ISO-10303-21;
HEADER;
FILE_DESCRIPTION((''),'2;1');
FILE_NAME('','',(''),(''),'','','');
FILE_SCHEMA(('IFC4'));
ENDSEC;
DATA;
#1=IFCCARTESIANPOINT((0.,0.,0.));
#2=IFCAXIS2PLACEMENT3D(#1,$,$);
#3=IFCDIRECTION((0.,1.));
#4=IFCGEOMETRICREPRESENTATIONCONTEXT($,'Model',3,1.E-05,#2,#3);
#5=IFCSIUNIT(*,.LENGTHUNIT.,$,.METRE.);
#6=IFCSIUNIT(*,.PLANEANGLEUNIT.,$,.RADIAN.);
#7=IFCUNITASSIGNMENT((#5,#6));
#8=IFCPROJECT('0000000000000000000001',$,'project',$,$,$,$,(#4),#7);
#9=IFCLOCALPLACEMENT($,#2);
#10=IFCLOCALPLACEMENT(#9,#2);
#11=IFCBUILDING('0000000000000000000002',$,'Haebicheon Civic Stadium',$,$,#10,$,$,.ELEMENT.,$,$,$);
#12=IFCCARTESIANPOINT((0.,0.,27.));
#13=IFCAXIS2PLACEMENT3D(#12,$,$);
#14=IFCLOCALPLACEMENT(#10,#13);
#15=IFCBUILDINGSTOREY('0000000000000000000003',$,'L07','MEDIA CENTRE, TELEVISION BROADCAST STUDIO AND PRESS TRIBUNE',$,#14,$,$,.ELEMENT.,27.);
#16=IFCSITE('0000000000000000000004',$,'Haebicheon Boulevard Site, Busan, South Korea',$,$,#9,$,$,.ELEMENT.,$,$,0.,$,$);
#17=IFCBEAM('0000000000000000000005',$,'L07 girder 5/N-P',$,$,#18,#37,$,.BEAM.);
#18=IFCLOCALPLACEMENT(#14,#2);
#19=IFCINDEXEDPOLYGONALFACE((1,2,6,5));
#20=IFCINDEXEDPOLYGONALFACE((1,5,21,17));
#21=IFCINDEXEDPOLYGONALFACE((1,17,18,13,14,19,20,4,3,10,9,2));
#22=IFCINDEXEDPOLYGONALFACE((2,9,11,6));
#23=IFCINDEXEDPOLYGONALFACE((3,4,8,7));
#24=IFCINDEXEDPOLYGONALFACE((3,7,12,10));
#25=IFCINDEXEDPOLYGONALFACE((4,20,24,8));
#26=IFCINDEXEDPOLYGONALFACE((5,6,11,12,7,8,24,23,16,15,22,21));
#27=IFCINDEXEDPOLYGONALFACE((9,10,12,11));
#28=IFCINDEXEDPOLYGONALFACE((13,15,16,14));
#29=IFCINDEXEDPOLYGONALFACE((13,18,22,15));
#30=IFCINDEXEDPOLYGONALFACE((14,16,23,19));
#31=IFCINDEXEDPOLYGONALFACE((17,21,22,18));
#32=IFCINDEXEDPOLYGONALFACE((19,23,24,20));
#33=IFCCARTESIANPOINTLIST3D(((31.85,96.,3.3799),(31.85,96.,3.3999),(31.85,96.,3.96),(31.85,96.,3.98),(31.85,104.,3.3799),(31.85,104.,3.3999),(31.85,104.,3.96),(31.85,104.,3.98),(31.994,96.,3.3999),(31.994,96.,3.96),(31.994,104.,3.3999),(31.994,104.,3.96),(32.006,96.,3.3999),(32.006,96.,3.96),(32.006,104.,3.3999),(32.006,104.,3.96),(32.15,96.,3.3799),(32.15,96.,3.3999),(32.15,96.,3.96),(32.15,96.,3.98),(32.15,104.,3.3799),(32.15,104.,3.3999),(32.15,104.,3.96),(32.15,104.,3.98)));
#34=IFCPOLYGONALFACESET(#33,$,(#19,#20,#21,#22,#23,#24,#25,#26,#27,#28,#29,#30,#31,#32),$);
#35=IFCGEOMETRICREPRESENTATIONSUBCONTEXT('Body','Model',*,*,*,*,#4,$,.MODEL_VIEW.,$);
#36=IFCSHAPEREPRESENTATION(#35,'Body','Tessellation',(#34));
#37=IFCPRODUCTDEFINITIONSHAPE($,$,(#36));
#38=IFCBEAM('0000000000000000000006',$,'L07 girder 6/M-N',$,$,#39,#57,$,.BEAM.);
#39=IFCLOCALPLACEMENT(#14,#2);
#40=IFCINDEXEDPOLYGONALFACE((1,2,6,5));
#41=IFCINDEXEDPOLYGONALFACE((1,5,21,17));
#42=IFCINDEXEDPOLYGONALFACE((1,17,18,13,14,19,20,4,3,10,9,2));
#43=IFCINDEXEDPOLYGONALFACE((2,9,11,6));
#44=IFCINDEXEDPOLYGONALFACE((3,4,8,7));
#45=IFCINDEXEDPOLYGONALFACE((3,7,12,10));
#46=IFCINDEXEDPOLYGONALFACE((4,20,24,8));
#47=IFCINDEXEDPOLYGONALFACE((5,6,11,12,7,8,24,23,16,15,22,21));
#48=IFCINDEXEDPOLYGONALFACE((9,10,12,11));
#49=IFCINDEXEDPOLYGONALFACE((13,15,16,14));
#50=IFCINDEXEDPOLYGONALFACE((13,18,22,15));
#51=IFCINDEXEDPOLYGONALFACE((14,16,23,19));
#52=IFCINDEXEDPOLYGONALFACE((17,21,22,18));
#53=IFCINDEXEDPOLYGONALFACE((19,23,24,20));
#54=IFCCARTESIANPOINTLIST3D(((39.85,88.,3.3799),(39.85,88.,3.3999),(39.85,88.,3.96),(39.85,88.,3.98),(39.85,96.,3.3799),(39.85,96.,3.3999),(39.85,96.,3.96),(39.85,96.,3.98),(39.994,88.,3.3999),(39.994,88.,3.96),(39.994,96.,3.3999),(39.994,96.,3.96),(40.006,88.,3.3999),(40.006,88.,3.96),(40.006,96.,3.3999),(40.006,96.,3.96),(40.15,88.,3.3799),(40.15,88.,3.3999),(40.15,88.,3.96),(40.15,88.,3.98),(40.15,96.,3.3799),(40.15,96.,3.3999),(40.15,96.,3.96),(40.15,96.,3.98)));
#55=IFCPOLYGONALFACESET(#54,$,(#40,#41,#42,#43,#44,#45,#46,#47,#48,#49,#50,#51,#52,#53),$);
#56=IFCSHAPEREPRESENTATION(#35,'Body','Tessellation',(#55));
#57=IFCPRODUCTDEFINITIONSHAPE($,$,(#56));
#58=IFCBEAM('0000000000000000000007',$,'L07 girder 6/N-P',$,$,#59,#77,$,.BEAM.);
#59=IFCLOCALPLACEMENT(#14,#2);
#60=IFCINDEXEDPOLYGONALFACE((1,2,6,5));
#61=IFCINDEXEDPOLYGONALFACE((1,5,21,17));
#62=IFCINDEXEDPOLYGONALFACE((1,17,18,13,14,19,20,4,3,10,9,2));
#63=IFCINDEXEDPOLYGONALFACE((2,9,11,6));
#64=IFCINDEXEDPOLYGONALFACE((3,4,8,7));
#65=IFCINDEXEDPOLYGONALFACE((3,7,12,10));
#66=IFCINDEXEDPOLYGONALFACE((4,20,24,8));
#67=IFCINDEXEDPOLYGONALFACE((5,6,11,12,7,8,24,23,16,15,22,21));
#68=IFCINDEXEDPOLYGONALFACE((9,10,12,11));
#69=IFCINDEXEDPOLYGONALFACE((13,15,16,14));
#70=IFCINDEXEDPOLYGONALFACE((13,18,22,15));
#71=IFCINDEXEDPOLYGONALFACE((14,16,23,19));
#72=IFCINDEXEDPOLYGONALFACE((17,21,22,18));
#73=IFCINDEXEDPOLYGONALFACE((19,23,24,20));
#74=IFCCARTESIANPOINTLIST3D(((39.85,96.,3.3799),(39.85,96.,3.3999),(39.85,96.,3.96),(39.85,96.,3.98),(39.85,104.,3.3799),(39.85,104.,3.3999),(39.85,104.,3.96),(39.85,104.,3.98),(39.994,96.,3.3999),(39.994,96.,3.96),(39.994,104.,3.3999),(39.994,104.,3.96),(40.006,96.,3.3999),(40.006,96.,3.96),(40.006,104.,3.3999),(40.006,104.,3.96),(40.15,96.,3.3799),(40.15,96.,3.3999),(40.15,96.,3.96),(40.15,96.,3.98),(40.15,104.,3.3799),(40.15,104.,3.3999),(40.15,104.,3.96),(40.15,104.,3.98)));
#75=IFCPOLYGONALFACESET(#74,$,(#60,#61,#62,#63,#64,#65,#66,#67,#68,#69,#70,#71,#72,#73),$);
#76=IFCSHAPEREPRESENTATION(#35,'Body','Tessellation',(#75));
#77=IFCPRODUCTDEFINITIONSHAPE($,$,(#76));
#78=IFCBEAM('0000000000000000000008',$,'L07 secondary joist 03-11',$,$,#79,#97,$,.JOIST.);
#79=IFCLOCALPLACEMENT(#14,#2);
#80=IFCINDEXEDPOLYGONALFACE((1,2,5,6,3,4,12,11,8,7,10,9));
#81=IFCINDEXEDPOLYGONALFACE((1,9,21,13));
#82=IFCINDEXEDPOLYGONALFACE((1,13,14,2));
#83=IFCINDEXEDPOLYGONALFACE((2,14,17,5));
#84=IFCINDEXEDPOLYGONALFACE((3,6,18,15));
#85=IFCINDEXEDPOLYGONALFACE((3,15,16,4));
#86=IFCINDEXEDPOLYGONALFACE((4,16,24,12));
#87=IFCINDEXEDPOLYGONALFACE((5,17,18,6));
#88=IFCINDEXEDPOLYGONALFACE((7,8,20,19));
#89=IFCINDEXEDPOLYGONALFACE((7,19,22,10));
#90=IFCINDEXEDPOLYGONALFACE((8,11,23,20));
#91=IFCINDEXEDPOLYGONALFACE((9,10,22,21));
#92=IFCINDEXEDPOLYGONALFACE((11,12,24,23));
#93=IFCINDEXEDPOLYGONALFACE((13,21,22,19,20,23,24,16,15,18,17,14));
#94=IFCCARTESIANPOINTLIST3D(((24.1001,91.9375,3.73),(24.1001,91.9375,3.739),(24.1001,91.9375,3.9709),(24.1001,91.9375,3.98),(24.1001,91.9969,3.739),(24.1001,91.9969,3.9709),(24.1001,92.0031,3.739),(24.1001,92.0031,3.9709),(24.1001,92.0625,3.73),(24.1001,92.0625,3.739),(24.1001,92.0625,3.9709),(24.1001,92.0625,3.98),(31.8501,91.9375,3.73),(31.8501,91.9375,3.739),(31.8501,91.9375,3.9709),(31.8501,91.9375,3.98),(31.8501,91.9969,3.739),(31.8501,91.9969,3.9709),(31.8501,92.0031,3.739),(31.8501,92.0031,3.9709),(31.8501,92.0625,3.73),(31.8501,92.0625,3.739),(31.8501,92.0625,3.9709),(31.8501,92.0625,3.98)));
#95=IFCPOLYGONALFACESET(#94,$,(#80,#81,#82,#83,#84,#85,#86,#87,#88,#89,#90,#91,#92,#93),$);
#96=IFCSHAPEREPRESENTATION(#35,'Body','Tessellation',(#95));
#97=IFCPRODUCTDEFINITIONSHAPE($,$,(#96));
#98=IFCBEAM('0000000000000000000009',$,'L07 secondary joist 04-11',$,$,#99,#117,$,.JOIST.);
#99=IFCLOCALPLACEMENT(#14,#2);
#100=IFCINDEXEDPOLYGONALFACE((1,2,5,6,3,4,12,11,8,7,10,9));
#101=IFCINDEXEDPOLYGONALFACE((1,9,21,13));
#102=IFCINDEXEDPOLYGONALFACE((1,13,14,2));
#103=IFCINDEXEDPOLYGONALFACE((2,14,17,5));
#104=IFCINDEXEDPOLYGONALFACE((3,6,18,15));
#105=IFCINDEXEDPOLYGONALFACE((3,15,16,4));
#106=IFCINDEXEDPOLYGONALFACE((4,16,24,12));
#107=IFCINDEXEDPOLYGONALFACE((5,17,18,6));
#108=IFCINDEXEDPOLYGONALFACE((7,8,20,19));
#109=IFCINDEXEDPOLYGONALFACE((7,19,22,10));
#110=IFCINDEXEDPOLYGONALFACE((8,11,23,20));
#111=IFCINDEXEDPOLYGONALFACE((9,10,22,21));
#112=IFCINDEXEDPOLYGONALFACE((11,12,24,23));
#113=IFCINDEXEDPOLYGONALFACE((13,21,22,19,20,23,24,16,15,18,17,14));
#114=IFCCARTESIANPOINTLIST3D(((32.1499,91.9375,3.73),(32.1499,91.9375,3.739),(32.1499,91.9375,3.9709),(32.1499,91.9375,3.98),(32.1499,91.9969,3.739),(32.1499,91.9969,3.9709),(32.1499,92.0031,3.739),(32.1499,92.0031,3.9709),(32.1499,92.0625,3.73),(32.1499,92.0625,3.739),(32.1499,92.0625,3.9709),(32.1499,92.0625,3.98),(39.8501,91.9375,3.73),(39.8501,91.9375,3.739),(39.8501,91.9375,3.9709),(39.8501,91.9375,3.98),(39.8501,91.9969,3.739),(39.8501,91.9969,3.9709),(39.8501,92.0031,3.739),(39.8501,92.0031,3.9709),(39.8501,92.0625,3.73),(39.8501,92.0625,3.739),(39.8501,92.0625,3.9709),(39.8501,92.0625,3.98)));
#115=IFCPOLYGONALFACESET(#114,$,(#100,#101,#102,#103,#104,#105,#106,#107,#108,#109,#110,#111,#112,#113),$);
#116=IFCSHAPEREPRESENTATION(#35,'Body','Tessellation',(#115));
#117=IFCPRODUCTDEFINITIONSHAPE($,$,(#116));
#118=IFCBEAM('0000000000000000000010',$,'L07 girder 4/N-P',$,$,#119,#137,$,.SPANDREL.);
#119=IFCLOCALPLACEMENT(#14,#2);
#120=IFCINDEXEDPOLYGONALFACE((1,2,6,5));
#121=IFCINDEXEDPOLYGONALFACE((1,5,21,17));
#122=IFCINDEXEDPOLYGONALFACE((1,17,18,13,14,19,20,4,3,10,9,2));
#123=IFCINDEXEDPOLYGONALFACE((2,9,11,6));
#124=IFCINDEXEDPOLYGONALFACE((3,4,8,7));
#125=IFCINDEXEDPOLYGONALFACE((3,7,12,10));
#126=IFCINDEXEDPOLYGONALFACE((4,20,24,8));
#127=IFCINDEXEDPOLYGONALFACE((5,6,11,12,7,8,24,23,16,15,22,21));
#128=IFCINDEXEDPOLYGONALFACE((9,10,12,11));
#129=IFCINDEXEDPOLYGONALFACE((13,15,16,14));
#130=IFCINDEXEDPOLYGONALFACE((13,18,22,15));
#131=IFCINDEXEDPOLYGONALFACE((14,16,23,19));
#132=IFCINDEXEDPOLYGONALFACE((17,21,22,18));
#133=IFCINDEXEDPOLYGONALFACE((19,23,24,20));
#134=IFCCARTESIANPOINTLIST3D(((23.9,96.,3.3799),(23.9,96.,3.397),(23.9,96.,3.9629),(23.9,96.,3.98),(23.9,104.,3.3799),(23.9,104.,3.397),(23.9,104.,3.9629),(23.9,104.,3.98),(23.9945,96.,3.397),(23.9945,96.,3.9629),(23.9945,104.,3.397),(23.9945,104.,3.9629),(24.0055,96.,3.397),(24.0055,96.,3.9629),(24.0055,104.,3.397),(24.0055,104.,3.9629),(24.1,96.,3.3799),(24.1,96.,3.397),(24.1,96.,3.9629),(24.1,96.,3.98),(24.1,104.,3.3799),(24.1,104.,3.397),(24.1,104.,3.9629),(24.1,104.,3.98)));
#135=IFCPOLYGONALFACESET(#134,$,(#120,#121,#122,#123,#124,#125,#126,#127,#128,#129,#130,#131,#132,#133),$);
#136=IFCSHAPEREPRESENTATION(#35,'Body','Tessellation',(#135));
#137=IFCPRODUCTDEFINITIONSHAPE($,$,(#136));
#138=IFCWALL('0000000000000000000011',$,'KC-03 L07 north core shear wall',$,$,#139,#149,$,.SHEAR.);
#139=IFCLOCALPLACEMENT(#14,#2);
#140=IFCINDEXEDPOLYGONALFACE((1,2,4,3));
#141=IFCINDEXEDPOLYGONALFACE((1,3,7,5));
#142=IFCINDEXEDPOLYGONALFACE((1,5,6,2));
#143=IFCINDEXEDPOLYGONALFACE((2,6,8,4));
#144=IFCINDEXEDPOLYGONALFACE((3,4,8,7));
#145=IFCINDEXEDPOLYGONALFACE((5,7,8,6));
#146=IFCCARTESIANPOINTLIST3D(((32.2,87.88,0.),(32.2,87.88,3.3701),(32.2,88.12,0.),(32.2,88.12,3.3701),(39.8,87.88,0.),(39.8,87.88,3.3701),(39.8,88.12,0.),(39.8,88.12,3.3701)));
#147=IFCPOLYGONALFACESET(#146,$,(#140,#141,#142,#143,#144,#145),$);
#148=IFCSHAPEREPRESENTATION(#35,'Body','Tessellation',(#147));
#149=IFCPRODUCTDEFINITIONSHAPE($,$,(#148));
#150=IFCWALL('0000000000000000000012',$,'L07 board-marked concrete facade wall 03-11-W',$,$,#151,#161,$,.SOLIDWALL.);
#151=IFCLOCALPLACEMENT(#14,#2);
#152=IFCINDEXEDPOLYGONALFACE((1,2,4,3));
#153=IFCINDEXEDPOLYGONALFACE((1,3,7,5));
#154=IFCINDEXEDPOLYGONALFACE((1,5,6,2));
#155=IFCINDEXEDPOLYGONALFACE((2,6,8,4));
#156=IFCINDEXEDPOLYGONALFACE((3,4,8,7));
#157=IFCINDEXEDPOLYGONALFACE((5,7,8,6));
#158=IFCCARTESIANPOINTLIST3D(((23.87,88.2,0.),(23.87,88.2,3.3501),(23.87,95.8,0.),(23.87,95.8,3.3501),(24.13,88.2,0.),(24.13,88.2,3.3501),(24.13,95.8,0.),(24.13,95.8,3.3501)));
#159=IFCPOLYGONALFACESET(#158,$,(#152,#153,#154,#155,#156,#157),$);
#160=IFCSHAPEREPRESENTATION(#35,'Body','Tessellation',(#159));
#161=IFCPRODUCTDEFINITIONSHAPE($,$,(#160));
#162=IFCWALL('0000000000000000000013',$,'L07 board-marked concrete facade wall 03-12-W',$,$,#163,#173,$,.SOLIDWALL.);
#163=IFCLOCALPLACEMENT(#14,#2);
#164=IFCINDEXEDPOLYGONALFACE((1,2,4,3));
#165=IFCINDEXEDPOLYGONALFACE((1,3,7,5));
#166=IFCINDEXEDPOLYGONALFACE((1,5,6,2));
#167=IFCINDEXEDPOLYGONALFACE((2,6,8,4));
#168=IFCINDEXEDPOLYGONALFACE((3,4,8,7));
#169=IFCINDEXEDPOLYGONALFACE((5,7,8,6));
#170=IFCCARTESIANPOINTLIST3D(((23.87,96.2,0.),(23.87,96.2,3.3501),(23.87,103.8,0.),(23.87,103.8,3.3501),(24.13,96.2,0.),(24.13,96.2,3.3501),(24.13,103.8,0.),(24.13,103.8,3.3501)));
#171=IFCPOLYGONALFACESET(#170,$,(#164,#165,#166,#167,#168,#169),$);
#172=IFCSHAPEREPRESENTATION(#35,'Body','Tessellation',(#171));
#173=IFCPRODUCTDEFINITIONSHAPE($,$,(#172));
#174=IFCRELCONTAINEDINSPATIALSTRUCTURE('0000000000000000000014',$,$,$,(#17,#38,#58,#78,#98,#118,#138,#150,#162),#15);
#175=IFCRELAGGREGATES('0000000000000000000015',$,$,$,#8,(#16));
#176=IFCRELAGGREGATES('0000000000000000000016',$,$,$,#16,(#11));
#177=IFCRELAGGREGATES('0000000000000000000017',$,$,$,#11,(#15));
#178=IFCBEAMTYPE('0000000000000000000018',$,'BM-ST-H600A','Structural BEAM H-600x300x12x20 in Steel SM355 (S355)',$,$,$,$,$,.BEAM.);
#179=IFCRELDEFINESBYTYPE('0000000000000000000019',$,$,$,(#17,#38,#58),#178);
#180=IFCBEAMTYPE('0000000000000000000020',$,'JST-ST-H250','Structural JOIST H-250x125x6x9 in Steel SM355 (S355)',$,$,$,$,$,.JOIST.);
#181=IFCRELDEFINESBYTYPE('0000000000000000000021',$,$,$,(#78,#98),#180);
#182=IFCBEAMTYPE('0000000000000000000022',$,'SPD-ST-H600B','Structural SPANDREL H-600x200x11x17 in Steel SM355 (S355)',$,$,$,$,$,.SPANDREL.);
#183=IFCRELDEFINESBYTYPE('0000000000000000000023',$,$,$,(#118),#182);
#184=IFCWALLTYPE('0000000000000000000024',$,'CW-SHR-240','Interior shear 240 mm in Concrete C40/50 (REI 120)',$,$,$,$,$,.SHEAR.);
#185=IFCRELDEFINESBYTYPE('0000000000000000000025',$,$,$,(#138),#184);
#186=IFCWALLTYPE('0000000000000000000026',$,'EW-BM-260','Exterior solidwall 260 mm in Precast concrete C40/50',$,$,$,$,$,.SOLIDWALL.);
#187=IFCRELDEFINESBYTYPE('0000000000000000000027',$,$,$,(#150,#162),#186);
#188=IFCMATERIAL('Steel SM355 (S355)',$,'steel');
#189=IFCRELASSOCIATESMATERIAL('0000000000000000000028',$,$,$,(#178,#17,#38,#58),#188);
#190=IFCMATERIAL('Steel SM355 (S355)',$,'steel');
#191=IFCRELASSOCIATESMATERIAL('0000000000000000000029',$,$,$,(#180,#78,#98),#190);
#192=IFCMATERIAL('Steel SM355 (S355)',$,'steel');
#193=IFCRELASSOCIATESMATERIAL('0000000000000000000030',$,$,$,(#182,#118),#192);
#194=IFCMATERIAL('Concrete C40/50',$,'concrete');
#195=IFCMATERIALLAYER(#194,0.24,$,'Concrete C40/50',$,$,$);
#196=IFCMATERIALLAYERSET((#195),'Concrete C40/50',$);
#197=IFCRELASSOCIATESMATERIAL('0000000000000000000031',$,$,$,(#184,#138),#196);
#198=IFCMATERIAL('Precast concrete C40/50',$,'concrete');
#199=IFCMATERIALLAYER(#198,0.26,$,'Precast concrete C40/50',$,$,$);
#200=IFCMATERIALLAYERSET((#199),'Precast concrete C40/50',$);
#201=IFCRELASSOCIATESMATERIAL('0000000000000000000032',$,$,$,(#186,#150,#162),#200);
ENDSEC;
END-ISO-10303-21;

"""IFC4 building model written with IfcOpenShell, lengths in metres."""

from ifc_helpers import new_model, si_unit, direction, frame, frame_2d, origin, origin_2d, place, context, subcontext, project, spatial, rectangle, i_section, extrude, material, layer, layer_set, material_profile, profile_set, type_object, element, save


model = new_model("IFC4")

# Units and contexts
model_context = context("Model", 3, precision=1e-05, world=origin(), true_north=direction((0.0, 1.0)))
body_context = subcontext(model_context, "Body", "Model", "MODEL_VIEW")
ifc_project = project(units=[si_unit("LENGTHUNIT", "METRE"), si_unit("PLANEANGLEUNIT", "RADIAN")], contexts=[model_context])

# Site, building, storey
site_placement = place(None, origin())
site = spatial("IfcSite", under=ifc_project, at=site_placement, Name="Haebicheon Boulevard Site, Busan, South Korea", CompositionType="ELEMENT", RefElevation=0.0)
building_placement = place(site_placement, origin())
building = spatial("IfcBuilding", under=site, at=building_placement, Name="Haebicheon Civic Stadium", CompositionType="ELEMENT")
storey_placement = place(building_placement, frame((0.0, 0.0, 27.0)))
storey = spatial("IfcBuildingStorey", under=building, at=storey_placement, Name="L07", Description="MEDIA CENTRE, TELEVISION BROADCAST STUDIO AND PRESS TRIBUNE", CompositionType="ELEMENT", Elevation=27.0)

# Beams
ifc_material_1 = material(Name="Steel SM355 (S355)", Category="steel")
ifc_material_profile_1 = material_profile(ifc_material_1, i_section(OverallWidth=0.3, OverallDepth=0.6001, WebThickness=0.012, FlangeThickness=0.02, at=origin_2d()), Name="H-600x300x12x20")
ifc_profile_set_1 = profile_set([ifc_material_profile_1], Name="Steel SM355 (S355)")
beam_type_1 = type_object("IfcBeamType", Name="BM-ST-H600A", Description="Structural BEAM H-600x300x12x20 in Steel SM355 (S355)", PredefinedType="BEAM", material=ifc_profile_set_1)
for number, where, z_axis, x_axis, name in (
    (1, (32.0, 96.0, 3.6799), (0.0, 1.0, 0.0), (-1.0, 0.0, 0.0), "L07 girder 5/N-P"),
    (2, (40.0, 88.0, 3.6799), (0.0, 1.0, 0.0), (-1.0, 0.0, 0.0), "L07 girder 6/M-N"),
    (3, (40.0, 96.0, 3.6799), (0.0, 1.0, 0.0), (-1.0, 0.0, 0.0), "L07 girder 6/N-P"),
):
    element("IfcBeam", number, at=place(storey_placement, frame(where, z_axis=z_axis, x_axis=x_axis)), inside=storey, type_object=beam_type_1, material=ifc_profile_set_1, Name=name, PredefinedType="BEAM", context=body_context, shape_type="SweptSolid", body=[
        extrude(i_section(OverallWidth=0.3, OverallDepth=0.6001, WebThickness=0.012, FlangeThickness=0.02, at=origin_2d()), origin(), (0.0, 0.0, 1.0), 8.0),
    ])
ifc_material_2 = material(Name="Steel SM355 (S355)", Category="steel")
ifc_material_profile_2 = material_profile(ifc_material_2, i_section(OverallWidth=0.125, OverallDepth=0.25, WebThickness=0.0061, FlangeThickness=0.009, at=origin_2d()), Name="H-250x125x6x9")
ifc_profile_set_2 = profile_set([ifc_material_profile_2], Name="Steel SM355 (S355)")
beam_type_2 = type_object("IfcBeamType", Name="JST-ST-H250", Description="Structural JOIST H-250x125x6x9 in Steel SM355 (S355)", PredefinedType="JOIST", material=ifc_profile_set_2)
beam_1_placement = place(storey_placement, frame((24.1001, 92.0, 3.855), z_axis=(1.0, 0.0, 0.0), x_axis=(0.0, 1.0, 0.0)))
element("IfcBeam", 4, at=beam_1_placement, inside=storey, type_object=beam_type_2, material=ifc_profile_set_2, Name="L07 secondary joist 03-11", PredefinedType="JOIST", context=body_context, shape_type="SweptSolid", body=[
    extrude(i_section(OverallWidth=0.125, OverallDepth=0.25, WebThickness=0.0061, FlangeThickness=0.009, at=origin_2d()), origin(), (0.0, 0.0, 1.0), 7.75),
])
beam_2_placement = place(storey_placement, frame((32.1499, 92.0, 3.855), z_axis=(1.0, 0.0, 0.0), x_axis=(0.0, 1.0, 0.0)))
element("IfcBeam", 5, at=beam_2_placement, inside=storey, type_object=beam_type_2, material=ifc_profile_set_2, Name="L07 secondary joist 04-11", PredefinedType="JOIST", context=body_context, shape_type="SweptSolid", body=[
    extrude(i_section(OverallWidth=0.125, OverallDepth=0.25, WebThickness=0.0061, FlangeThickness=0.009, at=origin_2d()), origin(), (0.0, 0.0, 1.0), 7.7002),
])
ifc_material_3 = material(Name="Steel SM355 (S355)", Category="steel")
ifc_material_profile_3 = material_profile(ifc_material_3, i_section(OverallWidth=0.2, OverallDepth=0.6001, WebThickness=0.011, FlangeThickness=0.0171, at=origin_2d()), Name="H-600x200x11x17")
ifc_profile_set_3 = profile_set([ifc_material_profile_3], Name="Steel SM355 (S355)")
beam_type_3 = type_object("IfcBeamType", Name="SPD-ST-H600B", Description="Structural SPANDREL H-600x200x11x17 in Steel SM355 (S355)", PredefinedType="SPANDREL", material=ifc_profile_set_3)
beam_3_placement = place(storey_placement, frame((24.0, 96.0, 3.6799), z_axis=(0.0, 1.0, 0.0), x_axis=(-1.0, 0.0, 0.0)))
element("IfcBeam", 6, at=beam_3_placement, inside=storey, type_object=beam_type_3, material=ifc_profile_set_3, Name="L07 girder 4/N-P", PredefinedType="SPANDREL", context=body_context, shape_type="SweptSolid", body=[
    extrude(i_section(OverallWidth=0.2, OverallDepth=0.6001, WebThickness=0.011, FlangeThickness=0.0171, at=origin_2d()), origin(), (0.0, 0.0, 1.0), 8.0),
])

# Walls
ifc_material_4 = material(Name="Concrete C40/50", Category="concrete")
ifc_layer_1 = layer(ifc_material_4, 0.24, Name="Concrete C40/50")
ifc_layer_set_1 = layer_set([ifc_layer_1], Name="Concrete C40/50")
wall_type_1 = type_object("IfcWallType", Name="CW-SHR-240", Description="Interior shear 240 mm in Concrete C40/50 (REI 120)", PredefinedType="SHEAR", material=ifc_layer_set_1)
wall_1_placement = place(storey_placement, frame((32.2, 88.0, 0.0), z_axis=(0.0, 0.0, 1.0), x_axis=(1.0, 0.0, 0.0)))
element("IfcWall", 7, at=wall_1_placement, inside=storey, type_object=wall_type_1, material=ifc_layer_set_1, Name="KC-03 L07 north core shear wall", PredefinedType="SHEAR", context=body_context, shape_type="SweptSolid", body=[
    extrude(rectangle(XDim=7.6001, YDim=0.24, at=frame_2d((3.8, 0.0))), origin(), (0.0, 0.0, 1.0), 3.3701),
])
ifc_material_5 = material(Name="Precast concrete C40/50", Category="concrete")
ifc_layer_2 = layer(ifc_material_5, 0.26, Name="Precast concrete C40/50")
ifc_layer_set_2 = layer_set([ifc_layer_2], Name="Precast concrete C40/50")
wall_type_2 = type_object("IfcWallType", Name="EW-BM-260", Description="Exterior solidwall 260 mm in Precast concrete C40/50", PredefinedType="SOLIDWALL", material=ifc_layer_set_2)
for number, where, z_axis, x_axis, name in (
    (8, (24.0, 88.2, 0.0), (0.0, 0.0, 1.0), (0.0, 1.0, 0.0), "L07 board-marked concrete facade wall 03-11-W"),
    (9, (24.0, 96.2, 0.0), (0.0, 0.0, 1.0), (0.0, 1.0, 0.0), "L07 board-marked concrete facade wall 03-12-W"),
):
    element("IfcWall", number, at=place(storey_placement, frame(where, z_axis=z_axis, x_axis=x_axis)), inside=storey, type_object=wall_type_2, material=ifc_layer_set_2, Name=name, PredefinedType="SOLIDWALL", context=body_context, shape_type="SweptSolid", body=[
        extrude(rectangle(XDim=7.6001, YDim=0.26, at=frame_2d((3.8, 0.0))), origin(), (0.0, 0.0, 1.0), 3.3501),
    ])

save(model, "model.ifc")
